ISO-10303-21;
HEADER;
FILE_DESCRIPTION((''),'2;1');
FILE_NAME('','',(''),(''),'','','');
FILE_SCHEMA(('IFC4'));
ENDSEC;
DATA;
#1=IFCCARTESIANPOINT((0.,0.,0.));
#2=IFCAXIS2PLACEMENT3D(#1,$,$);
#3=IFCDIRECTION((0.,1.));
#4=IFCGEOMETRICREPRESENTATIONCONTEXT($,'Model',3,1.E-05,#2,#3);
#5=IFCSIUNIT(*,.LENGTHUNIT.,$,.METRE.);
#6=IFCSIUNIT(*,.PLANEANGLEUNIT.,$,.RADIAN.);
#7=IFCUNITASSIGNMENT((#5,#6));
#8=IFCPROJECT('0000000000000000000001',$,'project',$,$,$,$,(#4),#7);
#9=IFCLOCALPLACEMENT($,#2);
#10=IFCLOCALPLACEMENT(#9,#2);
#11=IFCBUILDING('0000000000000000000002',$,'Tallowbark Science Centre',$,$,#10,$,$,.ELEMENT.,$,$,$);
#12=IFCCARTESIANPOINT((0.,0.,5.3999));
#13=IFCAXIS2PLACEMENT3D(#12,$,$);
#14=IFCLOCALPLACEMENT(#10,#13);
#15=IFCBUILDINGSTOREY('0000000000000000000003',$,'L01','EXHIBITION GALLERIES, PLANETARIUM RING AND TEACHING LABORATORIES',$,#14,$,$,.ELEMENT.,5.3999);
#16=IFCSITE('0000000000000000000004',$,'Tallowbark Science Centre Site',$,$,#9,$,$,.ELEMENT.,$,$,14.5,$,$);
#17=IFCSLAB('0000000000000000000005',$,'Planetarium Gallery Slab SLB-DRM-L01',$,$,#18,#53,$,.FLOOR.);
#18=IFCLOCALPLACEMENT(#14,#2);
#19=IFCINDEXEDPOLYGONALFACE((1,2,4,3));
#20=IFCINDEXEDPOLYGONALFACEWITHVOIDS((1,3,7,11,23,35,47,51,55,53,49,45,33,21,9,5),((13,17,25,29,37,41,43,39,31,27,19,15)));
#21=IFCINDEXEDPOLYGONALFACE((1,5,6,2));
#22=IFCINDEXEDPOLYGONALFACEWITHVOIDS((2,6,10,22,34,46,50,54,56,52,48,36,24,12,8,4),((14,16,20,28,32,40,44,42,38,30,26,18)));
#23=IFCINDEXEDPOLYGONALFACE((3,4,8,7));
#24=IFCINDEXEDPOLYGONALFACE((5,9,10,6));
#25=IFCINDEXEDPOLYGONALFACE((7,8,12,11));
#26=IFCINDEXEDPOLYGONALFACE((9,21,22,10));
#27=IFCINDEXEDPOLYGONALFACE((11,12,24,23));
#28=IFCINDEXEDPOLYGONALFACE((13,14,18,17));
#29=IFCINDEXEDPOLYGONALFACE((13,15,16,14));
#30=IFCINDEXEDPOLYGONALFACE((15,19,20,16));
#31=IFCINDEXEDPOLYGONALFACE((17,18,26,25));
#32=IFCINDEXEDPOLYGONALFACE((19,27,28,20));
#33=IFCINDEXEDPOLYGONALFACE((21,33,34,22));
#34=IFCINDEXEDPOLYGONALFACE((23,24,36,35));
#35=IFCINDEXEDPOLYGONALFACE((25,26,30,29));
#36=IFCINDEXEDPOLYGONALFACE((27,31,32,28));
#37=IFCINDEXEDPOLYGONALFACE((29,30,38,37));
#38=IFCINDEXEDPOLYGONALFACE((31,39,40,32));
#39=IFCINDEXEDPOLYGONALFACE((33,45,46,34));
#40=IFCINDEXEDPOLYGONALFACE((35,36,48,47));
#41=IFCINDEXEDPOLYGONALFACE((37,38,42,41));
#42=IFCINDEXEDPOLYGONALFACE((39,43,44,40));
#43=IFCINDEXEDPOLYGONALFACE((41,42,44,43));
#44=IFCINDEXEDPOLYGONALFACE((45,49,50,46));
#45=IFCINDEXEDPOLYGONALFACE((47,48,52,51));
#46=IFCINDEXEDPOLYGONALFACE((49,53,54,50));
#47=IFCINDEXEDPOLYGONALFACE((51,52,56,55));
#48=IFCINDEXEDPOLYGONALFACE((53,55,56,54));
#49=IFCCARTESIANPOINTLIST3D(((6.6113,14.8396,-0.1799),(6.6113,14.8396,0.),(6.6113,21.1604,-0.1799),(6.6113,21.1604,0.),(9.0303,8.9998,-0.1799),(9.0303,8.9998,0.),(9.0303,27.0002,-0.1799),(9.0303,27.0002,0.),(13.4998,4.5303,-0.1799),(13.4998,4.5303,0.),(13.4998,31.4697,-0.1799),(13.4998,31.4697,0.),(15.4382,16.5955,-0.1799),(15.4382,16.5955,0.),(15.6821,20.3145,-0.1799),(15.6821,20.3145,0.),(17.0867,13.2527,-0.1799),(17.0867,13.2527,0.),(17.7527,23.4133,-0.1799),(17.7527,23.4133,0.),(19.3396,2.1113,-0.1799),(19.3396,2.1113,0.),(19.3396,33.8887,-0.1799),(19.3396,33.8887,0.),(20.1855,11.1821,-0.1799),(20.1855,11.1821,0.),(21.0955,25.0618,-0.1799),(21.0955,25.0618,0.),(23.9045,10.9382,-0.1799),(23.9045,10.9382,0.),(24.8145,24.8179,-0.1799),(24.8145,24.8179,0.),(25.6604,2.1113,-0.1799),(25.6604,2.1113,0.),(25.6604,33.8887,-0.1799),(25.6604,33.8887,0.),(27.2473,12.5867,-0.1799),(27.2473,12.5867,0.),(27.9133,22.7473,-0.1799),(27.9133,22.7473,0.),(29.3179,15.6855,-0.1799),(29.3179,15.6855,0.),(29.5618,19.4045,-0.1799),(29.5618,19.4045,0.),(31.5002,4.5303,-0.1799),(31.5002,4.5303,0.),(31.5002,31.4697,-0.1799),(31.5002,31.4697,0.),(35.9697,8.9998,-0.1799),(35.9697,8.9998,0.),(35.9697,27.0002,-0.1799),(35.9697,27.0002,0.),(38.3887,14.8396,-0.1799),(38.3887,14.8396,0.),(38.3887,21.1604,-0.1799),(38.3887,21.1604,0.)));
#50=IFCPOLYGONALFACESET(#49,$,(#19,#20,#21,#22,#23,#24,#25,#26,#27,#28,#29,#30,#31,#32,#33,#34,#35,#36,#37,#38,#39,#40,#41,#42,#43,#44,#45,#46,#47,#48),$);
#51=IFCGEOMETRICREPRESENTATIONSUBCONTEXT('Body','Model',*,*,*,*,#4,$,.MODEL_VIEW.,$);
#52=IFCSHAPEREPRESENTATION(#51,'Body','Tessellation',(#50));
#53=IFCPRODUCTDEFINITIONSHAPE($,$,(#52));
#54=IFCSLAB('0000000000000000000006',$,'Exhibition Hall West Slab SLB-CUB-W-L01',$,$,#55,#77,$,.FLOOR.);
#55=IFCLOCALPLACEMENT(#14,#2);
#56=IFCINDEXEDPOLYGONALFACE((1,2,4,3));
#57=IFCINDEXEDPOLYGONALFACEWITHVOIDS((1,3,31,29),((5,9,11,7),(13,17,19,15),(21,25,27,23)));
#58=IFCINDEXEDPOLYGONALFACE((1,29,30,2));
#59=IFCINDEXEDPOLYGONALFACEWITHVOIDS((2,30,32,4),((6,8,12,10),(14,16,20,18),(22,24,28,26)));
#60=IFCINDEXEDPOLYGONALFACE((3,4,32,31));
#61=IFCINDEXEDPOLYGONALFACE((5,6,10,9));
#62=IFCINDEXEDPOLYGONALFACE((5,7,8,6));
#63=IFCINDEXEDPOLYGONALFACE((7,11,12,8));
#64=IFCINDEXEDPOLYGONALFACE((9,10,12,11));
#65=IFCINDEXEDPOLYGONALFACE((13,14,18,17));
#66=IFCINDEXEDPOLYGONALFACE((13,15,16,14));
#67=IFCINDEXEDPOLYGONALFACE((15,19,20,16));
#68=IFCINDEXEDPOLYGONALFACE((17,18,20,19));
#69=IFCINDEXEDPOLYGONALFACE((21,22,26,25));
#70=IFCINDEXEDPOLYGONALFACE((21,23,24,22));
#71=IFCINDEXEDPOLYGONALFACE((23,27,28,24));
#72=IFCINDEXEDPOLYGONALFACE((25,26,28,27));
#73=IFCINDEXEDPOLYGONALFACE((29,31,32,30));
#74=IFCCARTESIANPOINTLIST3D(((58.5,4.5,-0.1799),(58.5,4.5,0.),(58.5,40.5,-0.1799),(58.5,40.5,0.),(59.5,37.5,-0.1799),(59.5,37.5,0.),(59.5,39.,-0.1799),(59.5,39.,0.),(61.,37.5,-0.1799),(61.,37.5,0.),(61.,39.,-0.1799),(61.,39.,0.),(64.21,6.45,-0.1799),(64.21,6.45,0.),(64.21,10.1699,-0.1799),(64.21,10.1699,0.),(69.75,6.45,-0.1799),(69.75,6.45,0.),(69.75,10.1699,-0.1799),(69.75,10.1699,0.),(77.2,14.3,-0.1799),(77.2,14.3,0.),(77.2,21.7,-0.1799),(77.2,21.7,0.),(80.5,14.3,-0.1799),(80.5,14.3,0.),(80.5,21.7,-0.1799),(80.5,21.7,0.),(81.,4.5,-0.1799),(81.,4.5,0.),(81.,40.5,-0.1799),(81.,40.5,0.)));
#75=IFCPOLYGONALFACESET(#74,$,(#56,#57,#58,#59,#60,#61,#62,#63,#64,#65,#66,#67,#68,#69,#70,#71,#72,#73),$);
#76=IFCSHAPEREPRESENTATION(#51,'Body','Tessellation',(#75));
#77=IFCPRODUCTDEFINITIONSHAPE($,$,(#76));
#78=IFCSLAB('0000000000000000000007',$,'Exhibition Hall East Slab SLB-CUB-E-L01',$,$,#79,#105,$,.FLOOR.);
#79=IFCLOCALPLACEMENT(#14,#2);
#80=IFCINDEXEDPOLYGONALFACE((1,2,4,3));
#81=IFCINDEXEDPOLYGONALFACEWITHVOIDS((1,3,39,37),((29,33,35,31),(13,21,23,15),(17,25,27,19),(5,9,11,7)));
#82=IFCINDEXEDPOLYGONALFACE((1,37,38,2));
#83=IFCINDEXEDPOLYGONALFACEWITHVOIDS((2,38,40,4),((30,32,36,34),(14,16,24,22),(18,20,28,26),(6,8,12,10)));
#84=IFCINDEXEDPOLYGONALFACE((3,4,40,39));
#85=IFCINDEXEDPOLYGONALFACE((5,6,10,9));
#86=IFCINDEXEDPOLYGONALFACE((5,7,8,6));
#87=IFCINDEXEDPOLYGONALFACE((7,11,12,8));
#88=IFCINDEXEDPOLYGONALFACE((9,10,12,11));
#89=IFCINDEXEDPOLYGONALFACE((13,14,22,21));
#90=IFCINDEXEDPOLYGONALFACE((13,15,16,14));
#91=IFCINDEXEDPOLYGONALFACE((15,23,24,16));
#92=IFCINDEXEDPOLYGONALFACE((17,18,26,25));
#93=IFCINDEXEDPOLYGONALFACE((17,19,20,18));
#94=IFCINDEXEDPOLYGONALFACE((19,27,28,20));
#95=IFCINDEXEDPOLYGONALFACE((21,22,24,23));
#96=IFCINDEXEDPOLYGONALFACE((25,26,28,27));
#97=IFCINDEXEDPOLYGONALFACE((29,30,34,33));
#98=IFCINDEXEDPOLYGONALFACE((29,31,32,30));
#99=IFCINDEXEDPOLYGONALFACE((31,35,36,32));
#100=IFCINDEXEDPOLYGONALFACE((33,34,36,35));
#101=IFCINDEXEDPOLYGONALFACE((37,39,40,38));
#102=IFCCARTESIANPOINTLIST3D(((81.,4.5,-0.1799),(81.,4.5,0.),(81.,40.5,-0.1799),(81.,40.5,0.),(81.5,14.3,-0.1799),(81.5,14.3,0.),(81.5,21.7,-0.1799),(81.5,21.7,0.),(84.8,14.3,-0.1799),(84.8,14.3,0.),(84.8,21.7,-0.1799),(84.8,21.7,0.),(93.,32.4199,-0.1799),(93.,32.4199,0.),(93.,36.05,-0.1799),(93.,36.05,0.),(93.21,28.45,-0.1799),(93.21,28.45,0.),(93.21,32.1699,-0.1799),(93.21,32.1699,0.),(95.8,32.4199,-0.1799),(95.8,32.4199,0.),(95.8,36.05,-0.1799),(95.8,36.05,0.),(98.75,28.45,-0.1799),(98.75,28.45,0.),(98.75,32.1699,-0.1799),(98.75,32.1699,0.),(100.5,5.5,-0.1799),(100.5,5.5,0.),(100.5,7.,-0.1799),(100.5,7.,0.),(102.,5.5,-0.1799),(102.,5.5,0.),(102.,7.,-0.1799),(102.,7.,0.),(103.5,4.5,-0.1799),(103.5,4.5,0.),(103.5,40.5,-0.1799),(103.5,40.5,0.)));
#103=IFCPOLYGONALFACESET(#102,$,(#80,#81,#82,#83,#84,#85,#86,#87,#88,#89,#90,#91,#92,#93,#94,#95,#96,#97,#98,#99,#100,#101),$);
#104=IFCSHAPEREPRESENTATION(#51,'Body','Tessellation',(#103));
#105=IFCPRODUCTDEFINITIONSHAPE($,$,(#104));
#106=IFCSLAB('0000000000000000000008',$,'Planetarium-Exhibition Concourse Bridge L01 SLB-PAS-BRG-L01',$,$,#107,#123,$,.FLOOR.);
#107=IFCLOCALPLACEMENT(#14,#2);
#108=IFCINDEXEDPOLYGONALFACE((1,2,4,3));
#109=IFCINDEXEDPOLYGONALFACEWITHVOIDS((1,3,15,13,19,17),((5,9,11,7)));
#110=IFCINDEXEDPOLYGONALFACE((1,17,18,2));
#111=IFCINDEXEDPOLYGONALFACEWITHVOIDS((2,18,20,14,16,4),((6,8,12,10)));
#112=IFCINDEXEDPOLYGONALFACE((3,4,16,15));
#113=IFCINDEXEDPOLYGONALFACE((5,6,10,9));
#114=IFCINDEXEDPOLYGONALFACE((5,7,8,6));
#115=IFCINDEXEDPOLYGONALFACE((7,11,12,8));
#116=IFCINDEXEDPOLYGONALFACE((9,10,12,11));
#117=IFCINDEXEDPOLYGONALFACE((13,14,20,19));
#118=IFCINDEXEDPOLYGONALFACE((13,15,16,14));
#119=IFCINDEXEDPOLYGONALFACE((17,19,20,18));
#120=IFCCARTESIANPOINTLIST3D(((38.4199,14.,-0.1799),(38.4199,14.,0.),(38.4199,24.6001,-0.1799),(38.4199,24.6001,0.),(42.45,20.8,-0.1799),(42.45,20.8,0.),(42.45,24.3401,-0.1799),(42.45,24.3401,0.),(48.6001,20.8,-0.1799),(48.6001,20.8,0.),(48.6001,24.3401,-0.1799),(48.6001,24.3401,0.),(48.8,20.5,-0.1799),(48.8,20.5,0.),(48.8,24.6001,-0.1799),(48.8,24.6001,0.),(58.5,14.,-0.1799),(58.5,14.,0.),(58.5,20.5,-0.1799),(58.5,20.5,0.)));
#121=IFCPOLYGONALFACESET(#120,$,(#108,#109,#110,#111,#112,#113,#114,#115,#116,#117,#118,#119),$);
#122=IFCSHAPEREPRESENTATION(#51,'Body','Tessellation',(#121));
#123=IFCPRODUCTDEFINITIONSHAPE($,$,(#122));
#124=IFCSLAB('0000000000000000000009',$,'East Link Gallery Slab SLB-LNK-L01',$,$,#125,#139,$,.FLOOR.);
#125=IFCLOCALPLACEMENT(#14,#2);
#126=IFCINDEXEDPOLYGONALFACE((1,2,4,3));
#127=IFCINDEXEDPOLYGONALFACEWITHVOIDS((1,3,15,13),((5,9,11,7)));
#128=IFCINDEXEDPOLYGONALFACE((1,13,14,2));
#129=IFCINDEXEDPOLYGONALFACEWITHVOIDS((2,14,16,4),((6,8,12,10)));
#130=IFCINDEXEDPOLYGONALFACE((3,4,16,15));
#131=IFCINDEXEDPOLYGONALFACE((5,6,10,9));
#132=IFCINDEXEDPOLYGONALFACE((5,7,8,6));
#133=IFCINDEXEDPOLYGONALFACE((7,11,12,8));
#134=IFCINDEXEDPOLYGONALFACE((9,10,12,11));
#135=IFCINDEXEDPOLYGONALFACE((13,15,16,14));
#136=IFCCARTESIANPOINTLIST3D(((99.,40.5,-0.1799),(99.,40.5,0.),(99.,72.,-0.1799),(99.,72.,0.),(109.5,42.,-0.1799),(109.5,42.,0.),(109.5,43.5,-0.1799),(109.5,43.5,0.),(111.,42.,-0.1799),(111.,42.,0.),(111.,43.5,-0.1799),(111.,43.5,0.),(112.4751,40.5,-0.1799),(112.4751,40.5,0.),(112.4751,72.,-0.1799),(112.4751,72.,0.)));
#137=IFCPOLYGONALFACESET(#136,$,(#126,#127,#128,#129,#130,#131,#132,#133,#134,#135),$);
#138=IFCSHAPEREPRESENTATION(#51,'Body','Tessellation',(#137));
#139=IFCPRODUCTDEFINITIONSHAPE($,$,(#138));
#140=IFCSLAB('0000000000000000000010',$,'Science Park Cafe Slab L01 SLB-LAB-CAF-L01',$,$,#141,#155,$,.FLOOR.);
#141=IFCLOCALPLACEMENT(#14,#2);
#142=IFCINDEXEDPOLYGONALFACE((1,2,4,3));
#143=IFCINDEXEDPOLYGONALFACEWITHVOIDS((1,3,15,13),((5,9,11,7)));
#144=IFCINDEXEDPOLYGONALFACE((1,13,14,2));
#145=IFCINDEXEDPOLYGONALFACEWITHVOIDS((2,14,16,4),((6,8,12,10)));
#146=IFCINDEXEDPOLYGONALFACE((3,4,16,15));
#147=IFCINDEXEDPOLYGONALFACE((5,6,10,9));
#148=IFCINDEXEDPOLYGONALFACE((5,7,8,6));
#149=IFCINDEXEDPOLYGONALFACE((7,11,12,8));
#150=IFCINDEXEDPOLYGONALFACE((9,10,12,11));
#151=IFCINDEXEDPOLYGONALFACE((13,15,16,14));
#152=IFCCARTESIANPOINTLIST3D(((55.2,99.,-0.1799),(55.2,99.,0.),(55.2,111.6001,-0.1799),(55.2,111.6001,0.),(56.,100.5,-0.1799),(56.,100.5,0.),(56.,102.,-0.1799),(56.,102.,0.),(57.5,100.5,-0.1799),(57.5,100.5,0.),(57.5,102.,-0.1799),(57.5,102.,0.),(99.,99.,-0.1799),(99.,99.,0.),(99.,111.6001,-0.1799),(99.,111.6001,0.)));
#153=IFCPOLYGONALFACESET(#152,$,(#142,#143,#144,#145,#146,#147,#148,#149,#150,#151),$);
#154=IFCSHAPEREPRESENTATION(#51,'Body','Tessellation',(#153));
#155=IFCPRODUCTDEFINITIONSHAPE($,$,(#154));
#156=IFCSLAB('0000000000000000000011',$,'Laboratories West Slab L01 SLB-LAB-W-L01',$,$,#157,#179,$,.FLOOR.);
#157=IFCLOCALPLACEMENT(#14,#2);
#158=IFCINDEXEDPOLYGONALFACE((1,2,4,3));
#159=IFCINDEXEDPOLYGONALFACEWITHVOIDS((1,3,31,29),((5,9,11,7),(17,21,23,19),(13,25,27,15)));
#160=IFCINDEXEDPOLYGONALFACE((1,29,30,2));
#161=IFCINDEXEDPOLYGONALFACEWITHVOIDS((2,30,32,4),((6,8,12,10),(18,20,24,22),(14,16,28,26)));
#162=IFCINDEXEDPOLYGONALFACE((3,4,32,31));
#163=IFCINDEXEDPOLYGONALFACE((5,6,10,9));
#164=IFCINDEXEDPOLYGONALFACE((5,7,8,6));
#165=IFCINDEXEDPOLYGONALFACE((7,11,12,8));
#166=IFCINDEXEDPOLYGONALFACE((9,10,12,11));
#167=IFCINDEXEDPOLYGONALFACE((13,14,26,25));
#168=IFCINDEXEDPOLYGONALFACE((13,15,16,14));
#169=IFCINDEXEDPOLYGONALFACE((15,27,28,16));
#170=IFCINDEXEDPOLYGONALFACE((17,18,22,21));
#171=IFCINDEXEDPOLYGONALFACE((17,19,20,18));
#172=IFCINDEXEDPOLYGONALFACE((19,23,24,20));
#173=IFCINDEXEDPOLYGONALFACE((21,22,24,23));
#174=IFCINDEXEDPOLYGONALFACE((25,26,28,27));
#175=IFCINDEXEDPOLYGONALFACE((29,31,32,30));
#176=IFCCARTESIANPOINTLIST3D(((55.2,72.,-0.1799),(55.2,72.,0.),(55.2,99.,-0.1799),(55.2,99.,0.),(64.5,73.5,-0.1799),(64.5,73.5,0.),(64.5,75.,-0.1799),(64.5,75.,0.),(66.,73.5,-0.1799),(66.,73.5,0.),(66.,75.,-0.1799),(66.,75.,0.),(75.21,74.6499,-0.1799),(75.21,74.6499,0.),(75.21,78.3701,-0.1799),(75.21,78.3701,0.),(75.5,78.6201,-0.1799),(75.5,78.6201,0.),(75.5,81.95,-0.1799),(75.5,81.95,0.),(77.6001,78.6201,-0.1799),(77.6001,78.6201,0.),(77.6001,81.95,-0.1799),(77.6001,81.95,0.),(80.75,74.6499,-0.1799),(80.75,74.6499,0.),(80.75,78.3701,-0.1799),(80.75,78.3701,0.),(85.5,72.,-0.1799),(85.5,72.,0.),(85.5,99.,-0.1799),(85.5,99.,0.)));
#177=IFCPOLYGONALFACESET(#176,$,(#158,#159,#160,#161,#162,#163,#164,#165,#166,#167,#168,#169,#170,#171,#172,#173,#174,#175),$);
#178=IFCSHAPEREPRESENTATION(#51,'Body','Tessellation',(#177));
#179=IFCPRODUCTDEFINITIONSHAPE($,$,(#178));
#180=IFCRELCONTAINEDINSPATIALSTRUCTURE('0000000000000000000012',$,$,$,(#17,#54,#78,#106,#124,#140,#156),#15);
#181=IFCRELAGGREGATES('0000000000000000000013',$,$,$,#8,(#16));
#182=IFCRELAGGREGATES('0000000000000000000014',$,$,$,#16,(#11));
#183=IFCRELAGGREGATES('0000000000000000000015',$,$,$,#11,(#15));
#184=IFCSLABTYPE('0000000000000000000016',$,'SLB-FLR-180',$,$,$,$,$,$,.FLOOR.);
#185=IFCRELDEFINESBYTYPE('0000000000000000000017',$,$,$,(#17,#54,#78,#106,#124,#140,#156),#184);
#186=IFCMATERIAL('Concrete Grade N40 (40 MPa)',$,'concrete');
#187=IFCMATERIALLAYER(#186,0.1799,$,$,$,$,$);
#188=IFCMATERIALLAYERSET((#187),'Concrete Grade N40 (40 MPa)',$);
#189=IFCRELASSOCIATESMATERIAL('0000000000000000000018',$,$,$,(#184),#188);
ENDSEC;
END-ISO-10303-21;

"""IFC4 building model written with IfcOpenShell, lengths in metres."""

from ifc_helpers import new_model, si_unit, direction, frame, origin, place, context, subcontext, project, spatial, polyline, outline, extrude, material, layer, layer_set, type_object, element, save


model = new_model("IFC4")

# Units and contexts
model_context = context("Model", 3, precision=1e-05, world=origin(), true_north=direction((0.0, 1.0)))
body_context = subcontext(model_context, "Body", "Model", "MODEL_VIEW")
ifc_project = project(units=[si_unit("LENGTHUNIT", "METRE"), si_unit("PLANEANGLEUNIT", "RADIAN")], contexts=[model_context])

# Site, building, storey
site_placement = place(None, origin())
site = spatial("IfcSite", under=ifc_project, at=site_placement, Name="Tallowbark Science Centre Site", CompositionType="ELEMENT", RefElevation=14.5)
building_placement = place(site_placement, origin())
building = spatial("IfcBuilding", under=site, at=building_placement, Name="Tallowbark Science Centre", CompositionType="ELEMENT")
storey_placement = place(building_placement, frame((0.0, 0.0, 5.3999)))
storey = spatial("IfcBuildingStorey", under=building, at=storey_placement, Name="L01", Description="EXHIBITION GALLERIES, PLANETARIUM RING AND TEACHING LABORATORIES", CompositionType="ELEMENT", Elevation=5.3999)

# Slabs
ifc_material_1 = material(Name="Concrete Grade N40 (40 MPa)", Category="concrete")
ifc_layer_1 = layer(ifc_material_1, 0.1799)
ifc_layer_set_1 = layer_set([ifc_layer_1], Name="Concrete Grade N40 (40 MPa)")
slab_type_1 = type_object("IfcSlabType", Name="SLB-FLR-180", PredefinedType="FLOOR", material=ifc_layer_set_1)
slab_1_placement = place(storey_placement, frame((0.0, 0.0, -0.1799)))
element("IfcSlab", 1, at=slab_1_placement, inside=storey, type_object=slab_type_1, Name="Planetarium Gallery Slab SLB-DRM-L01", PredefinedType="FLOOR", context=body_context, shape_type="SweptSolid", body=[
    extrude(outline(polyline([(38.3887, 21.1604), (35.9697, 27.0002), (31.5002, 31.4697), (25.6604, 33.8887), (19.3396, 33.8887), (13.4998, 31.4697), (9.0303, 27.0002), (6.6113, 21.1604), (6.6113, 14.8396), (9.0303, 8.9998), (13.4998, 4.5303), (19.3396, 2.1113), (25.6604, 2.1113), (31.5002, 4.5303), (35.9697, 8.9998), (38.3887, 14.8396), (38.3887, 21.1604)]), holes=[polyline([(29.5618, 19.4045), (27.9133, 22.7473), (24.8145, 24.8179), (21.0955, 25.0618), (17.7527, 23.4133), (15.6821, 20.3145), (15.4382, 16.5955), (17.0867, 13.2527), (20.1855, 11.1821), (23.9045, 10.9382), (27.2473, 12.5867), (29.3179, 15.6855), (29.5618, 19.4045)])]), origin(), (0.0, 0.0, 1.0), 0.1799),
])
slab_2_placement = place(storey_placement, frame((0.0, 0.0, -0.1799)))
element("IfcSlab", 2, at=slab_2_placement, inside=storey, type_object=slab_type_1, Name="Exhibition Hall West Slab SLB-CUB-W-L01", PredefinedType="FLOOR", context=body_context, shape_type="SweptSolid", body=[
    extrude(outline(polyline([(58.5, 4.5), (81.0, 4.5), (81.0, 40.5), (58.5, 40.5), (58.5, 4.5)]), holes=[polyline([(64.21, 6.45), (69.75, 6.45), (69.75, 10.1699), (64.21, 10.1699), (64.21, 6.45)]), polyline([(59.5, 37.5), (61.0, 37.5), (61.0, 39.0), (59.5, 39.0), (59.5, 37.5)]), polyline([(77.2, 14.3), (80.5, 14.3), (80.5, 21.7), (77.2, 21.7), (77.2, 14.3)])]), origin(), (0.0, 0.0, 1.0), 0.1799),
])
slab_3_placement = place(storey_placement, frame((0.0, 0.0, -0.1799)))
element("IfcSlab", 3, at=slab_3_placement, inside=storey, type_object=slab_type_1, Name="Exhibition Hall East Slab SLB-CUB-E-L01", PredefinedType="FLOOR", context=body_context, shape_type="SweptSolid", body=[
    extrude(outline(polyline([(81.0, 4.5), (103.5, 4.5), (103.5, 40.5), (81.0, 40.5), (81.0, 4.5)]), holes=[polyline([(93.21, 28.45), (98.75, 28.45), (98.75, 32.1699), (93.21, 32.1699), (93.21, 28.45)]), polyline([(93.0, 32.4199), (95.8, 32.4199), (95.8, 36.05), (93.0, 36.05), (93.0, 32.4199)]), polyline([(100.5, 5.5), (102.0, 5.5), (102.0, 7.0), (100.5, 7.0), (100.5, 5.5)]), polyline([(81.5, 14.3), (84.8, 14.3), (84.8, 21.7), (81.5, 21.7), (81.5, 14.3)])]), origin(), (0.0, 0.0, 1.0), 0.1799),
])
slab_4_placement = place(storey_placement, frame((0.0, 0.0, -0.1799)))
element("IfcSlab", 4, at=slab_4_placement, inside=storey, type_object=slab_type_1, Name="Planetarium-Exhibition Concourse Bridge L01 SLB-PAS-BRG-L01", PredefinedType="FLOOR", context=body_context, shape_type="SweptSolid", body=[
    extrude(outline(polyline([(38.4199, 14.0), (58.5, 14.0), (58.5, 20.5), (48.8, 20.5), (48.8, 24.6001), (38.4199, 24.6001), (38.4199, 14.0)]), holes=[polyline([(42.45, 20.8), (48.6001, 20.8), (48.6001, 24.3401), (42.45, 24.3401), (42.45, 20.8)])]), origin(), (0.0, 0.0, 1.0), 0.1799),
])
slab_5_placement = place(storey_placement, frame((0.0, 0.0, -0.1799)))
element("IfcSlab", 5, at=slab_5_placement, inside=storey, type_object=slab_type_1, Name="East Link Gallery Slab SLB-LNK-L01", PredefinedType="FLOOR", context=body_context, shape_type="SweptSolid", body=[
    extrude(outline(polyline([(99.0, 40.5), (112.4751, 40.5), (112.4751, 72.0), (99.0, 72.0), (99.0, 40.5)]), holes=[polyline([(109.5, 42.0), (111.0, 42.0), (111.0, 43.5), (109.5, 43.5), (109.5, 42.0)])]), origin(), (0.0, 0.0, 1.0), 0.1799),
])
slab_6_placement = place(storey_placement, frame((0.0, 0.0, -0.1799)))
element("IfcSlab", 6, at=slab_6_placement, inside=storey, type_object=slab_type_1, Name="Science Park Cafe Slab L01 SLB-LAB-CAF-L01", PredefinedType="FLOOR", context=body_context, shape_type="SweptSolid", body=[
    extrude(outline(polyline([(55.2, 99.0), (99.0, 99.0), (99.0, 111.6001), (55.2, 111.6001), (55.2, 99.0)]), holes=[polyline([(56.0, 100.5), (57.5, 100.5), (57.5, 102.0), (56.0, 102.0), (56.0, 100.5)])]), origin(), (0.0, 0.0, 1.0), 0.1799),
])
slab_7_placement = place(storey_placement, frame((0.0, 0.0, -0.1799)))
element("IfcSlab", 7, at=slab_7_placement, inside=storey, type_object=slab_type_1, Name="Laboratories West Slab L01 SLB-LAB-W-L01", PredefinedType="FLOOR", context=body_context, shape_type="SweptSolid", body=[
    extrude(outline(polyline([(55.2, 72.0), (85.5, 72.0), (85.5, 99.0), (55.2, 99.0), (55.2, 72.0)]), holes=[polyline([(75.21, 74.6499), (80.75, 74.6499), (80.75, 78.3701), (75.21, 78.3701), (75.21, 74.6499)]), polyline([(75.5, 78.6201), (77.6001, 78.6201), (77.6001, 81.95), (75.5, 81.95), (75.5, 78.6201)]), polyline([(64.5, 73.5), (66.0, 73.5), (66.0, 75.0), (64.5, 75.0), (64.5, 73.5)])]), origin(), (0.0, 0.0, 1.0), 0.1799),
])

save(model, "model.ifc")
